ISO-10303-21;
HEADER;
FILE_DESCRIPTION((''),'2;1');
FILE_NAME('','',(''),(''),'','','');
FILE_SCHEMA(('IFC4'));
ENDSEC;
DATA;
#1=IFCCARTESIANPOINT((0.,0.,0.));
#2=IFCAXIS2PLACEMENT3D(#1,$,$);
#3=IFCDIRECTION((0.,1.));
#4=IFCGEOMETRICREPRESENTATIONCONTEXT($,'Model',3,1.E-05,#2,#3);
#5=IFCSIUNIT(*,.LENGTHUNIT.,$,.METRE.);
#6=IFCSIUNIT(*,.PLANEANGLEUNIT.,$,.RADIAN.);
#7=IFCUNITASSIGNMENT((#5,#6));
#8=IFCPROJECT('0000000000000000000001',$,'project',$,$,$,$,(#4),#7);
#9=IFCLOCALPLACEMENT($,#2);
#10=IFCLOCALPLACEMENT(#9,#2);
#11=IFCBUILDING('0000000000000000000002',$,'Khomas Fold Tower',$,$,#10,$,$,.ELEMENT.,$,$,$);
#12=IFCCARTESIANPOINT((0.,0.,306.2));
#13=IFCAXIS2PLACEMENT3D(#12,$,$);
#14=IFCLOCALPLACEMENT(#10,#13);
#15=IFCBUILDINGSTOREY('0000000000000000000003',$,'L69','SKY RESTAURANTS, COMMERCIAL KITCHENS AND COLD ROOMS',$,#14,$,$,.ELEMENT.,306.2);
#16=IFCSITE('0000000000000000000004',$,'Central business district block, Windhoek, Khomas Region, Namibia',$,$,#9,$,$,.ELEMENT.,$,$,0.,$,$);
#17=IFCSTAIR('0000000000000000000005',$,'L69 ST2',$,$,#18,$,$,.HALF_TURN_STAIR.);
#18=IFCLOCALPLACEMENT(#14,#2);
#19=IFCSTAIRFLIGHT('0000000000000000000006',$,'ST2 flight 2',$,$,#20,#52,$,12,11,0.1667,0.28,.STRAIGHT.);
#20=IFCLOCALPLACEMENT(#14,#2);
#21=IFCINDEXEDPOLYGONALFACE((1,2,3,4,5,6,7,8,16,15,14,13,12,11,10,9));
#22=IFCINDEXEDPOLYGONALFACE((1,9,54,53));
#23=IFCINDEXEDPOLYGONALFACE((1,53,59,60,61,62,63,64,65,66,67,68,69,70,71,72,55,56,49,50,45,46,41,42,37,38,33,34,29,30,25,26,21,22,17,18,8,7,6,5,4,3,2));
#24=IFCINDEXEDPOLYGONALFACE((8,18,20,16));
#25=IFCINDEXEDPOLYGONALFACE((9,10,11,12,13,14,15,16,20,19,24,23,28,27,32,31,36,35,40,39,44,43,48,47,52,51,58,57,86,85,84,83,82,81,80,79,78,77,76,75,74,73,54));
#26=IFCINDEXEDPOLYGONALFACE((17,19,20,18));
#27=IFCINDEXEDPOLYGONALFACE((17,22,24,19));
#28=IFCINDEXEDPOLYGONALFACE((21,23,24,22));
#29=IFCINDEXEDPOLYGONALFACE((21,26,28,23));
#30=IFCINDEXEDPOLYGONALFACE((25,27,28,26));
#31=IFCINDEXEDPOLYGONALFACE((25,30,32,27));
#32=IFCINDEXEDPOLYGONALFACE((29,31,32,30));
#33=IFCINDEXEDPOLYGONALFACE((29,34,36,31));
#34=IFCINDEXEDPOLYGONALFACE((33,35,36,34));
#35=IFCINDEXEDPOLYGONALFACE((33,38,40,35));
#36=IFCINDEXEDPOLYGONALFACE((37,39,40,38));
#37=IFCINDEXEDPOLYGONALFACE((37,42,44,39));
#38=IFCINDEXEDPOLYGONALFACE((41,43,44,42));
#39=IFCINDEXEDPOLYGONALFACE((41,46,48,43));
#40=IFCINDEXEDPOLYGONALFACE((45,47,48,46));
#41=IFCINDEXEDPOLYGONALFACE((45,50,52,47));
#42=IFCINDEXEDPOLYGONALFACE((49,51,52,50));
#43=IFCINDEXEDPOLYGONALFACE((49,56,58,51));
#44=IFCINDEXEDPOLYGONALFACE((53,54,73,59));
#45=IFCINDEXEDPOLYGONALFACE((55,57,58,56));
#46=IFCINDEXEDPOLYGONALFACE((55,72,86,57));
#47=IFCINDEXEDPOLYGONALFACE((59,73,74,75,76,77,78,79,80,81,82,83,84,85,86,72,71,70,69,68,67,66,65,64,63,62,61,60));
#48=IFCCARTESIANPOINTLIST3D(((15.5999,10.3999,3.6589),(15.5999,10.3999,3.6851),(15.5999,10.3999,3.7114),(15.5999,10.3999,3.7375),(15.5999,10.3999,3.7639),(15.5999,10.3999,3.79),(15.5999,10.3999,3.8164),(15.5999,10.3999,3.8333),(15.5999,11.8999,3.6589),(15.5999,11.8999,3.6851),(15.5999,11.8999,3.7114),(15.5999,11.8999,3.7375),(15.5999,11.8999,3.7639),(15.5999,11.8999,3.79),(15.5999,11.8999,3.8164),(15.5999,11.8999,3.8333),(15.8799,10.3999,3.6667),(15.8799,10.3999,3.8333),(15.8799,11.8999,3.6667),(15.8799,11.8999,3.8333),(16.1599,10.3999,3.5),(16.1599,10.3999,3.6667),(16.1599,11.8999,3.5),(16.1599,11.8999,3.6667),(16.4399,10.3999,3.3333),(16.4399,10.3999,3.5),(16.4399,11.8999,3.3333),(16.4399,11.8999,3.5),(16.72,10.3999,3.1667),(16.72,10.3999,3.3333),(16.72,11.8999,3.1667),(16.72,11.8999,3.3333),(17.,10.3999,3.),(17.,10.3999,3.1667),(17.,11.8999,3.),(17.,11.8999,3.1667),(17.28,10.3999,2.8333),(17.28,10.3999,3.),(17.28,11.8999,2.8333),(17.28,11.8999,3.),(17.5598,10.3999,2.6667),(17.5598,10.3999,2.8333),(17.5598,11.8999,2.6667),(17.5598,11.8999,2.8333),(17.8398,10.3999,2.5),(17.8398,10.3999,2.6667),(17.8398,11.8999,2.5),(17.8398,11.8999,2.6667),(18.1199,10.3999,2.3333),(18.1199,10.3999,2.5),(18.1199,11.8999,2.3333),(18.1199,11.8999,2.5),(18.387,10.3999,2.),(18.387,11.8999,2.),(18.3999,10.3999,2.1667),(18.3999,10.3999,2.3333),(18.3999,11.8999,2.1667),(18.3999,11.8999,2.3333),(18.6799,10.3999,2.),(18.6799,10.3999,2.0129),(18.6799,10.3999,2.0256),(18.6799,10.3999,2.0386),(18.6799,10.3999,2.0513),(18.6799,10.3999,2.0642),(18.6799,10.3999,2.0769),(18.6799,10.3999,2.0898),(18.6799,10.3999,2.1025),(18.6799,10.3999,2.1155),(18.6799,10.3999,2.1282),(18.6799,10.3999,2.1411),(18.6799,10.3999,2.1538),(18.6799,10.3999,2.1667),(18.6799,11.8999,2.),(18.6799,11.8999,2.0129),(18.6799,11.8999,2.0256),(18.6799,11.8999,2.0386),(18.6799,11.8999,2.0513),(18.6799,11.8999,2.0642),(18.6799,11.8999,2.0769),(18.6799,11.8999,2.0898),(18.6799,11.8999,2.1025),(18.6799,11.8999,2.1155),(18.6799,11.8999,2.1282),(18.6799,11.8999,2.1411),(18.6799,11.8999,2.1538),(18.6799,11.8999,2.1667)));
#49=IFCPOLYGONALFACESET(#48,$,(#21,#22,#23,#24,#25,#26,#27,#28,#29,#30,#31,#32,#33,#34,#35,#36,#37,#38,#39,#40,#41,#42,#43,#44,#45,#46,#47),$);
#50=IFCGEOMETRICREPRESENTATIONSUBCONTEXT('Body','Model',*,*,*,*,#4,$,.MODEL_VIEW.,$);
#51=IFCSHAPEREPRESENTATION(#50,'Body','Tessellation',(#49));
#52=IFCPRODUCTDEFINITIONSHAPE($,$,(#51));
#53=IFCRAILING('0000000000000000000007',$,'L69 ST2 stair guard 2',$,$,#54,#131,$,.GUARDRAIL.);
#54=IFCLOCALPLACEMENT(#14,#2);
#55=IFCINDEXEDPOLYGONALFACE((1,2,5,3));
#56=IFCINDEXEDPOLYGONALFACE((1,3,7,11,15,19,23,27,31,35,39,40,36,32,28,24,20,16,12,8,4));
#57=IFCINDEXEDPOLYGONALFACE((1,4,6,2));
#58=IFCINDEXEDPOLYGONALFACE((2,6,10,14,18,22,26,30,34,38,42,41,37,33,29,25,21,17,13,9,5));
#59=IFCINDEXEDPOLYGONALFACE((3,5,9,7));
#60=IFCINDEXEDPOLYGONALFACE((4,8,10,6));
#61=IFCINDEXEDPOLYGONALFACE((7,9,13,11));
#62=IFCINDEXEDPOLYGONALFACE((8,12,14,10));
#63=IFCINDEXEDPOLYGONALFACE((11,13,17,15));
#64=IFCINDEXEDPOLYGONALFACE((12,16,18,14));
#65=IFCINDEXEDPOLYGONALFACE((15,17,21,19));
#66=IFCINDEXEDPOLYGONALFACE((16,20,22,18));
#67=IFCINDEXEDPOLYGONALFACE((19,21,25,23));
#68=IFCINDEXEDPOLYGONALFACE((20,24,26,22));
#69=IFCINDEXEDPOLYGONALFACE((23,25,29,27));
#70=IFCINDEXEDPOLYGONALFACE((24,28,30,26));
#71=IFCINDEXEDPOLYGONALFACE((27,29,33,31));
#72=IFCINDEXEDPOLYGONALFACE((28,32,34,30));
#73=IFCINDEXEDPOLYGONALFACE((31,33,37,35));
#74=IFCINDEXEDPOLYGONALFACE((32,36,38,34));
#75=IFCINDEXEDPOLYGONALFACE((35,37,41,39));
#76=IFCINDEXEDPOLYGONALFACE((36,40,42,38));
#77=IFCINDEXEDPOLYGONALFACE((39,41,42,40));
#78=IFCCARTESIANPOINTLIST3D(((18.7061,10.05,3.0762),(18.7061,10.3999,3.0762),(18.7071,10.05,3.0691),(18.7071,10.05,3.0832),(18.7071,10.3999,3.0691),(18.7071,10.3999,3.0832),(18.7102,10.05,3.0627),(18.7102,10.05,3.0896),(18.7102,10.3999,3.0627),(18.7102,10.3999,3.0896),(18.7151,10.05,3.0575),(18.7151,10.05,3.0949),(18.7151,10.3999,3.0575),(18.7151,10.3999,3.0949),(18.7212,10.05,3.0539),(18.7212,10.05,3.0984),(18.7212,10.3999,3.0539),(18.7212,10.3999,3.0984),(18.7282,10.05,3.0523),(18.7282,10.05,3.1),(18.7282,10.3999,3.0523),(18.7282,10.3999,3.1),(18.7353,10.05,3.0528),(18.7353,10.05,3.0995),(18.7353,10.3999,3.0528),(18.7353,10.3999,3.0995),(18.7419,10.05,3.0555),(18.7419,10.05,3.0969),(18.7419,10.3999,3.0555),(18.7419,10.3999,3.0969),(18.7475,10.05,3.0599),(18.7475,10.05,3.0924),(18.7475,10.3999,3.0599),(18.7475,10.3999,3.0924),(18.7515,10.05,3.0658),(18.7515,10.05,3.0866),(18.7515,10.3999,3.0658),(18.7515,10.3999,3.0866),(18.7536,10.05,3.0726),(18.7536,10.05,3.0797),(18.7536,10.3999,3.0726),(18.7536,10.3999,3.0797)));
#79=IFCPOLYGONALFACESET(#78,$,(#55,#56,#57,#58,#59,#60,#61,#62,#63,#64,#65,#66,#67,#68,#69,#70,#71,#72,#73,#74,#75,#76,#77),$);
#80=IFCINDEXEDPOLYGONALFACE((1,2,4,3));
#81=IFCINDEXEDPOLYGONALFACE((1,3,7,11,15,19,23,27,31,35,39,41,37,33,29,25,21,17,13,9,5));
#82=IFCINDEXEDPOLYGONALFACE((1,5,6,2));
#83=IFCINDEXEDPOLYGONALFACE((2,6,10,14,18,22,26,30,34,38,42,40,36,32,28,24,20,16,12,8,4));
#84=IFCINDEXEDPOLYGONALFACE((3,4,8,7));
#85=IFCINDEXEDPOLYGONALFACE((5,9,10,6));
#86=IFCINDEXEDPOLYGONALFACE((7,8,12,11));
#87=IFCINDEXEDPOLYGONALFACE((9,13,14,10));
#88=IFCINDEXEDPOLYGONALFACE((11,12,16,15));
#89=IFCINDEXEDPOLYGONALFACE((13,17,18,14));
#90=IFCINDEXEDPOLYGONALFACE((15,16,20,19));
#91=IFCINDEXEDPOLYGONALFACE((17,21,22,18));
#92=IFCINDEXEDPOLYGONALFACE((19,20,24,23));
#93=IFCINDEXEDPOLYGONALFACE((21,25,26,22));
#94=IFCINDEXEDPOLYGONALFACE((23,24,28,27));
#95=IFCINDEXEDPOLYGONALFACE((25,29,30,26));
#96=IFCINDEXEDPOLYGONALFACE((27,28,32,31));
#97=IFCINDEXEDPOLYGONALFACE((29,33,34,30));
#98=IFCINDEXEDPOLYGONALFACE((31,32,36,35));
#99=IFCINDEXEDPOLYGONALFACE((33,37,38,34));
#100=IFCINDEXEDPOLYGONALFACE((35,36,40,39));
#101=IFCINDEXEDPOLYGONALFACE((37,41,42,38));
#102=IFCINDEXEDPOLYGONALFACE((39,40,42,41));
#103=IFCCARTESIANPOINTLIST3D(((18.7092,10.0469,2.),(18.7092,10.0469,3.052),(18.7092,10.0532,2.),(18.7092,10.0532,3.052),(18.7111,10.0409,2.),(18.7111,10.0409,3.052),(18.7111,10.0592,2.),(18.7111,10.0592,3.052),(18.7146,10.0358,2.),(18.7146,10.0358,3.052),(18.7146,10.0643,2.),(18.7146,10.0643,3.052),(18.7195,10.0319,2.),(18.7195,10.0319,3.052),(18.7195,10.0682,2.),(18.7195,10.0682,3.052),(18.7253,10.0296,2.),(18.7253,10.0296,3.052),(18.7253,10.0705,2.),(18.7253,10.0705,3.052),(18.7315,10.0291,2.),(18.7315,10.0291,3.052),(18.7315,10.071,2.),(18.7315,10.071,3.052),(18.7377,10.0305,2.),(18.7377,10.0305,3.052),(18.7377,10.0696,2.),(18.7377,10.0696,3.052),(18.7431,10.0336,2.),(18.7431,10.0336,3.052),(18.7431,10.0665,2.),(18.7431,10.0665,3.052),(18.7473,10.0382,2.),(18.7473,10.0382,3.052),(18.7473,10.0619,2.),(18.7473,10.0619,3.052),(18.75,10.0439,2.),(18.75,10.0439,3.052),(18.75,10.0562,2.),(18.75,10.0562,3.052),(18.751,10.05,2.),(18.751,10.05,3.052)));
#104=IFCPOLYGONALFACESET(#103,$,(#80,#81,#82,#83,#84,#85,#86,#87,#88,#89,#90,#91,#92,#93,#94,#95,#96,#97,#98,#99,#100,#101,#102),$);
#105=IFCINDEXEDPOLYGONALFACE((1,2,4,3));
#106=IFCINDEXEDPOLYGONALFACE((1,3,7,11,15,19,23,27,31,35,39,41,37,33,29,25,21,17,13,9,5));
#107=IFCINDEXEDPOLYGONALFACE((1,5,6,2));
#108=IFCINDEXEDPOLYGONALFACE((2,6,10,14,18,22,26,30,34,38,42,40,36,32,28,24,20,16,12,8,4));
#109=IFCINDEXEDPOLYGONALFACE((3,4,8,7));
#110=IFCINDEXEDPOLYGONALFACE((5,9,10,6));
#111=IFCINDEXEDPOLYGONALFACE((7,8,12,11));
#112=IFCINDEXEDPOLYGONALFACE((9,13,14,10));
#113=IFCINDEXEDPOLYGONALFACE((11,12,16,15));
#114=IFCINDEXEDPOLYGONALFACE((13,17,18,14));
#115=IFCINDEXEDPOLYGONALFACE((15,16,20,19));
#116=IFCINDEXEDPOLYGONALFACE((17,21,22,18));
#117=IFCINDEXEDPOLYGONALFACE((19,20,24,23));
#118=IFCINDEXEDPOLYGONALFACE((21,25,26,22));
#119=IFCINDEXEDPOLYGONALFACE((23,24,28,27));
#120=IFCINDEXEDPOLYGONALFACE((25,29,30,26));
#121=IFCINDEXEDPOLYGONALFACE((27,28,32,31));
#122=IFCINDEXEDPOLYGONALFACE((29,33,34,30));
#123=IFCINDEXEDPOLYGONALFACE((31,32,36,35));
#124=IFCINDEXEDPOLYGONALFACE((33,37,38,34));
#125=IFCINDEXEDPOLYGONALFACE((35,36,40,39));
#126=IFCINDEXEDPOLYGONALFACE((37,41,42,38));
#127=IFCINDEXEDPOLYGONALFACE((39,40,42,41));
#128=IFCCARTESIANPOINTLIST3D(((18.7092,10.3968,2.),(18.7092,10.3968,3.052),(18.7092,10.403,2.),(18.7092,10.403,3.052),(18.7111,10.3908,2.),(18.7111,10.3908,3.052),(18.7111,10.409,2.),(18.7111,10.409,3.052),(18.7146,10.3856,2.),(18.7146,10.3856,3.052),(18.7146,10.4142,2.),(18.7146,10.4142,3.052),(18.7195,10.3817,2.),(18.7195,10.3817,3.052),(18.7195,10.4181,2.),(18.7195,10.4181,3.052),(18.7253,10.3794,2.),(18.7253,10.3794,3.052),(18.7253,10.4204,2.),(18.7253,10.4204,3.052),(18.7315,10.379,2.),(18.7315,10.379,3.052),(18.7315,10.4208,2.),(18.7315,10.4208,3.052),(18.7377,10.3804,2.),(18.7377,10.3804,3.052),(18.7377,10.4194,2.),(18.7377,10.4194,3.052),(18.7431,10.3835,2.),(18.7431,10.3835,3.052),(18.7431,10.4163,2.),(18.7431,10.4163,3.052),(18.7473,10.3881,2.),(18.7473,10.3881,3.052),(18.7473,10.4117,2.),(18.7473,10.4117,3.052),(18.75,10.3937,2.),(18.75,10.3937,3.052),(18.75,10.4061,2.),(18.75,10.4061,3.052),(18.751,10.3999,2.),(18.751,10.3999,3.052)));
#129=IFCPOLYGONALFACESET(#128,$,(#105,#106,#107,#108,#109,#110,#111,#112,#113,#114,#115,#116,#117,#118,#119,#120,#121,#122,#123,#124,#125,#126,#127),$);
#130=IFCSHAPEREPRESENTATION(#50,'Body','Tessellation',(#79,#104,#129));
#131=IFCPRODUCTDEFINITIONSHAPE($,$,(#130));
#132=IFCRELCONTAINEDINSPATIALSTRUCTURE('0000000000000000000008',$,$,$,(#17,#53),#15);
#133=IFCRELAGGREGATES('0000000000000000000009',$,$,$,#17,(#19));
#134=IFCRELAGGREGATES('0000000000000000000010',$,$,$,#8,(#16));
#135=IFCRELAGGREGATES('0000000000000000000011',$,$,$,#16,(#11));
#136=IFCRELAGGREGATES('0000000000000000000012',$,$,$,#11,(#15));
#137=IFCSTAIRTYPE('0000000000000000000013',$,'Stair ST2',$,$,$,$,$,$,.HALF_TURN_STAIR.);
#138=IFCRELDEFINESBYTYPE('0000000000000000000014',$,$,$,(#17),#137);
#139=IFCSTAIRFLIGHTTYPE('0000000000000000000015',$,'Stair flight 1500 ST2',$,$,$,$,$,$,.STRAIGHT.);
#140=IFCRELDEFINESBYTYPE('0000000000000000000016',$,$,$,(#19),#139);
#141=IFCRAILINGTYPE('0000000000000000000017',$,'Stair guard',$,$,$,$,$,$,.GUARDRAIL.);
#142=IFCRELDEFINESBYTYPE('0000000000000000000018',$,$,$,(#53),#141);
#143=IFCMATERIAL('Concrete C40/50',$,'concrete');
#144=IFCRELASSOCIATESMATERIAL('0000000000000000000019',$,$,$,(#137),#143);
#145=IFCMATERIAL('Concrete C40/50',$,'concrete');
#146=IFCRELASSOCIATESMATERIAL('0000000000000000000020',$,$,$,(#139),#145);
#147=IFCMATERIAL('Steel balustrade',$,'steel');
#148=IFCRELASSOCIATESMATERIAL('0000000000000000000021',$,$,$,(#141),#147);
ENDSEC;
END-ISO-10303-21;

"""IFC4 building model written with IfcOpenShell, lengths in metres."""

from ifc_helpers import new_model, si_unit, direction, frame, origin, origin_2d, place, context, subcontext, project, spatial, polyline, circle, outline, extrude, source, transform, mapped, material, type_object, element, aggregate, save


model = new_model("IFC4")

# Units and contexts
model_context = context("Model", 3, precision=1e-05, world=origin(), true_north=direction((0.0, 1.0)))
body_context = subcontext(model_context, "Body", "Model", "MODEL_VIEW")
ifc_project = project(units=[si_unit("LENGTHUNIT", "METRE"), si_unit("PLANEANGLEUNIT", "RADIAN")], contexts=[model_context])

# Site, building, storey
site_placement = place(None, origin())
site = spatial("IfcSite", under=ifc_project, at=site_placement, Name="Central business district block, Windhoek, Khomas Region, Namibia", CompositionType="ELEMENT", RefElevation=0.0)
building_placement = place(site_placement, origin())
building = spatial("IfcBuilding", under=site, at=building_placement, Name="Khomas Fold Tower", CompositionType="ELEMENT")
storey_placement = place(building_placement, frame((0.0, 0.0, 306.2)))
storey = spatial("IfcBuildingStorey", under=building, at=storey_placement, Name="L69", Description="SKY RESTAURANTS, COMMERCIAL KITCHENS AND COLD ROOMS", CompositionType="ELEMENT", Elevation=306.2)

# Stair, stair flight
ifc_material_1 = material(Name="Concrete C40/50", Category="concrete")
stair_type = type_object("IfcStairType", Name="Stair ST2", PredefinedType="HALF_TURN_STAIR", material=ifc_material_1)
stair_placement = place(storey_placement, origin())
stair = element("IfcStair", 1, at=stair_placement, inside=storey, type_object=stair_type, Name="L69 ST2", PredefinedType="HALF_TURN_STAIR")
ifc_material_2 = material(Name="Concrete C40/50", Category="concrete")
stair_flight_type = type_object("IfcStairFlightType", Name="Stair flight 1500 ST2", PredefinedType="STRAIGHT", material=ifc_material_2)
shared_shape_1 = source(origin(), body_context, "Body", "SweptSolid", [
    extrude(outline(polyline([(0.0, 0.0), (0.0, 0.0129), (0.0, 0.0256), (0.0, 0.0386), (0.0, 0.0513), (0.0, 0.0642), (0.0, 0.0769), (0.0, 0.0898), (0.0, 0.1025), (0.0, 0.1155), (0.0, 0.1282), (0.0, 0.1411), (0.0, 0.1538), (0.0, 0.1667), (0.28, 0.1667), (0.28, 0.3333), (0.5601, 0.3333), (0.5601, 0.5), (0.8401, 0.5), (0.8401, 0.6667), (1.1201, 0.6667), (1.1201, 0.8333), (1.3999, 0.8333), (1.3999, 1.0), (1.6799, 1.0), (1.6799, 1.1667), (1.96, 1.1667), (1.96, 1.3333), (2.24, 1.3333), (2.24, 1.5), (2.52, 1.5), (2.52, 1.6667), (2.8, 1.6667), (2.8, 1.8333), (3.0801, 1.8333), (3.0801, 2.0), (3.0801, 1.9739), (3.0801, 1.9475), (3.0801, 1.9214), (3.0801, 1.895), (3.0801, 1.8689), (3.0801, 1.8425), (3.0801, 1.8164), (3.0801, 1.79), (3.0801, 1.7639), (3.0801, 1.7375), (3.0801, 1.7114), (3.0801, 1.6851), (3.0801, 1.6589), (0.293, 0.0), (0.0, 0.0)])), frame((0.0, 0.75, 0.0), z_axis=(0.0, -1.0, 0.0), x_axis=(1.0, 0.0, 0.0)), (0.0, 0.0, 1.0), 1.5),
])
stair_flight_1_placement = place(storey_placement, frame((18.6799, 11.1499, 2.0), z_axis=(0.0, 0.0, 1.0), x_axis=(-1.0, 0.0, 0.0)))
stair_flight_1 = element("IfcStairFlight", 2, at=stair_flight_1_placement, type_object=stair_flight_type, Name="ST2 flight 2", NumberOfRisers=12, NumberOfTreads=11, PredefinedType="STRAIGHT", RiserHeight=0.1667, TreadLength=0.28, context=body_context, shape_type="MappedRepresentation", body=[
    mapped(shared_shape_1, transform((0.0, 0.0, 0.0))),
])
aggregate(stair, [stair_flight_1])

# Railing
ifc_material_3 = material(Name="Steel balustrade", Category="steel")
railing_type_1 = type_object("IfcRailingType", Name="Stair guard", PredefinedType="GUARDRAIL", material=ifc_material_3)
shared_shape_2 = source(origin(), body_context, "Body", "SweptSolid", [
    extrude(circle(Radius=0.0239, at=origin_2d()), frame((0.0, 0.0, 1.0762), z_axis=(0.0, 1.0, 0.0), x_axis=(-1.0, 0.0, 0.0)), (0.0, 0.0, 1.0), 0.3499),
    extrude(circle(Radius=0.021, at=origin_2d()), origin(), (0.0, 0.0, 1.0), 1.052),
    extrude(circle(Radius=0.021, at=origin_2d()), frame((0.0, 0.3499, 0.0)), (0.0, 0.0, 1.0), 1.052),
])
for number, where, name in (
    (3, (18.73, 10.05, 2.0), "L69 ST2 stair guard 2"),
):
    element("IfcRailing", number, at=place(storey_placement, frame(where)), inside=storey, type_object=railing_type_1, Name=name, PredefinedType="GUARDRAIL", context=body_context, shape_type="MappedRepresentation", body=[
        mapped(shared_shape_2, transform((0.0, 0.0, 0.0))),
    ])

save(model, "model.ifc")
